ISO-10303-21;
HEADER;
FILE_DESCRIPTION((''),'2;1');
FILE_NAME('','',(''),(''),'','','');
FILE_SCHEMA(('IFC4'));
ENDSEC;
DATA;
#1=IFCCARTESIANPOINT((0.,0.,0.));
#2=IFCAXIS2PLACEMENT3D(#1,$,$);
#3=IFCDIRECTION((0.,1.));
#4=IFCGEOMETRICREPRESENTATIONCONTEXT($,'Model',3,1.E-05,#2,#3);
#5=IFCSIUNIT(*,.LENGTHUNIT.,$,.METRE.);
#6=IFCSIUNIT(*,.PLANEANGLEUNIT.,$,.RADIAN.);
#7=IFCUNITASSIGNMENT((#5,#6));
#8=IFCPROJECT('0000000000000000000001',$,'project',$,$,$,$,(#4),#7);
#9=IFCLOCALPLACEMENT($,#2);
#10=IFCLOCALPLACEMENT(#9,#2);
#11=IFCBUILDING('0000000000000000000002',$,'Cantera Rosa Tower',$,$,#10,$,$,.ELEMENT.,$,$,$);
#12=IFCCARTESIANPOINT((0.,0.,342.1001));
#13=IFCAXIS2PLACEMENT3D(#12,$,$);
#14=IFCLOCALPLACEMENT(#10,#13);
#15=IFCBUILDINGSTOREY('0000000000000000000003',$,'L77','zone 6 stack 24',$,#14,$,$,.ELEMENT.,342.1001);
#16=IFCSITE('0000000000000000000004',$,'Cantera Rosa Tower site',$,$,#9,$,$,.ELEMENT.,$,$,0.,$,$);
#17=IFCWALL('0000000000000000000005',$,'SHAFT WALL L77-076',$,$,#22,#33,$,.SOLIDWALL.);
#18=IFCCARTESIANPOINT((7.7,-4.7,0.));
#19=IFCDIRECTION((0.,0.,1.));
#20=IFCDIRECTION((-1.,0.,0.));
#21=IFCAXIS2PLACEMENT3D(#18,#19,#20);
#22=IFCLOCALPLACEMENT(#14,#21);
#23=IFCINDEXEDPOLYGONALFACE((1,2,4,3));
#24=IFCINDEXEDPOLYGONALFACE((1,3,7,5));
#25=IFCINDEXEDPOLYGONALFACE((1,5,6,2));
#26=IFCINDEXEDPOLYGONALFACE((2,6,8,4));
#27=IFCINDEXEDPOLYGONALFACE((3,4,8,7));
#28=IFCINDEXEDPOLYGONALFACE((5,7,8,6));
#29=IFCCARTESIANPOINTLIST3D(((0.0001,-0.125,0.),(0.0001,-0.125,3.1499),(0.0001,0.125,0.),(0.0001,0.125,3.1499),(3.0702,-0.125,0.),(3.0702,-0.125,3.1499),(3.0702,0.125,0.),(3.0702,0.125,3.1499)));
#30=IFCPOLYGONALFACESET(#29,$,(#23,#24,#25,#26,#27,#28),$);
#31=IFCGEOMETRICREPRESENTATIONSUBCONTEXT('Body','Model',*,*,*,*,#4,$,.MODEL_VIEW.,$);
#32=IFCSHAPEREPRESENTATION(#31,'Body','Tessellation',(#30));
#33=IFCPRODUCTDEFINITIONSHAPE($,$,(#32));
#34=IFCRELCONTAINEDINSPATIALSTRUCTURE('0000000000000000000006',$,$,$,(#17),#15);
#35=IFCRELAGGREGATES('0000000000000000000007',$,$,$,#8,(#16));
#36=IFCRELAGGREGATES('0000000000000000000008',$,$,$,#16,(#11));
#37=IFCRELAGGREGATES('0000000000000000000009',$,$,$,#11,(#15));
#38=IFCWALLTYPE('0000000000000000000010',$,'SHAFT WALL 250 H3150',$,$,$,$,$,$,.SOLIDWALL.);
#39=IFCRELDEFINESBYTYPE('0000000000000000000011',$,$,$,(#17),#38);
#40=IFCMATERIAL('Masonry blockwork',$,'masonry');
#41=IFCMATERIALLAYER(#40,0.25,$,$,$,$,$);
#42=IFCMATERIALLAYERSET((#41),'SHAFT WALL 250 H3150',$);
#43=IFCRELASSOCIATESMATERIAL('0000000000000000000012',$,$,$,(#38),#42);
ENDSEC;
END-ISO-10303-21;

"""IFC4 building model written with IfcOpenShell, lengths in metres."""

from ifc_helpers import new_model, si_unit, direction, frame, frame_2d, origin, place, context, subcontext, project, spatial, rectangle, extrude, material, layer, layer_set, type_object, element, save


model = new_model("IFC4")

# Units and contexts
model_context = context("Model", 3, precision=1e-05, world=origin(), true_north=direction((0.0, 1.0)))
body_context = subcontext(model_context, "Body", "Model", "MODEL_VIEW")
ifc_project = project(units=[si_unit("LENGTHUNIT", "METRE"), si_unit("PLANEANGLEUNIT", "RADIAN")], contexts=[model_context])

# Site, building, storey
site_placement = place(None, origin())
site = spatial("IfcSite", under=ifc_project, at=site_placement, Name="Cantera Rosa Tower site", CompositionType="ELEMENT", RefElevation=0.0)
building_placement = place(site_placement, origin())
building = spatial("IfcBuilding", under=site, at=building_placement, Name="Cantera Rosa Tower", CompositionType="ELEMENT")
storey_placement = place(building_placement, frame((0.0, 0.0, 342.1001)))
storey = spatial("IfcBuildingStorey", under=building, at=storey_placement, Name="L77", Description="zone 6 stack 24", CompositionType="ELEMENT", Elevation=342.1001)

# Wall
ifc_material_1 = material(Name="Masonry blockwork", Category="masonry")
ifc_layer_1 = layer(ifc_material_1, 0.25)
ifc_layer_set_1 = layer_set([ifc_layer_1], Name="SHAFT WALL 250 H3150")
wall_type_1 = type_object("IfcWallType", Name="SHAFT WALL 250 H3150", PredefinedType="SOLIDWALL", material=ifc_layer_set_1)
wall_1_placement = place(storey_placement, frame((7.7, -4.7, 0.0), z_axis=(0.0, 0.0, 1.0), x_axis=(-1.0, 0.0, 0.0)))
element("IfcWall", 1, at=wall_1_placement, inside=storey, type_object=wall_type_1, Name="SHAFT WALL L77-076", PredefinedType="SOLIDWALL", context=body_context, shape_type="SweptSolid", body=[
    extrude(rectangle(XDim=3.0701, YDim=0.25, at=frame_2d((1.5352, 0.0))), origin(), (0.0, 0.0, 1.0), 3.1499),
])

save(model, "model.ifc")
